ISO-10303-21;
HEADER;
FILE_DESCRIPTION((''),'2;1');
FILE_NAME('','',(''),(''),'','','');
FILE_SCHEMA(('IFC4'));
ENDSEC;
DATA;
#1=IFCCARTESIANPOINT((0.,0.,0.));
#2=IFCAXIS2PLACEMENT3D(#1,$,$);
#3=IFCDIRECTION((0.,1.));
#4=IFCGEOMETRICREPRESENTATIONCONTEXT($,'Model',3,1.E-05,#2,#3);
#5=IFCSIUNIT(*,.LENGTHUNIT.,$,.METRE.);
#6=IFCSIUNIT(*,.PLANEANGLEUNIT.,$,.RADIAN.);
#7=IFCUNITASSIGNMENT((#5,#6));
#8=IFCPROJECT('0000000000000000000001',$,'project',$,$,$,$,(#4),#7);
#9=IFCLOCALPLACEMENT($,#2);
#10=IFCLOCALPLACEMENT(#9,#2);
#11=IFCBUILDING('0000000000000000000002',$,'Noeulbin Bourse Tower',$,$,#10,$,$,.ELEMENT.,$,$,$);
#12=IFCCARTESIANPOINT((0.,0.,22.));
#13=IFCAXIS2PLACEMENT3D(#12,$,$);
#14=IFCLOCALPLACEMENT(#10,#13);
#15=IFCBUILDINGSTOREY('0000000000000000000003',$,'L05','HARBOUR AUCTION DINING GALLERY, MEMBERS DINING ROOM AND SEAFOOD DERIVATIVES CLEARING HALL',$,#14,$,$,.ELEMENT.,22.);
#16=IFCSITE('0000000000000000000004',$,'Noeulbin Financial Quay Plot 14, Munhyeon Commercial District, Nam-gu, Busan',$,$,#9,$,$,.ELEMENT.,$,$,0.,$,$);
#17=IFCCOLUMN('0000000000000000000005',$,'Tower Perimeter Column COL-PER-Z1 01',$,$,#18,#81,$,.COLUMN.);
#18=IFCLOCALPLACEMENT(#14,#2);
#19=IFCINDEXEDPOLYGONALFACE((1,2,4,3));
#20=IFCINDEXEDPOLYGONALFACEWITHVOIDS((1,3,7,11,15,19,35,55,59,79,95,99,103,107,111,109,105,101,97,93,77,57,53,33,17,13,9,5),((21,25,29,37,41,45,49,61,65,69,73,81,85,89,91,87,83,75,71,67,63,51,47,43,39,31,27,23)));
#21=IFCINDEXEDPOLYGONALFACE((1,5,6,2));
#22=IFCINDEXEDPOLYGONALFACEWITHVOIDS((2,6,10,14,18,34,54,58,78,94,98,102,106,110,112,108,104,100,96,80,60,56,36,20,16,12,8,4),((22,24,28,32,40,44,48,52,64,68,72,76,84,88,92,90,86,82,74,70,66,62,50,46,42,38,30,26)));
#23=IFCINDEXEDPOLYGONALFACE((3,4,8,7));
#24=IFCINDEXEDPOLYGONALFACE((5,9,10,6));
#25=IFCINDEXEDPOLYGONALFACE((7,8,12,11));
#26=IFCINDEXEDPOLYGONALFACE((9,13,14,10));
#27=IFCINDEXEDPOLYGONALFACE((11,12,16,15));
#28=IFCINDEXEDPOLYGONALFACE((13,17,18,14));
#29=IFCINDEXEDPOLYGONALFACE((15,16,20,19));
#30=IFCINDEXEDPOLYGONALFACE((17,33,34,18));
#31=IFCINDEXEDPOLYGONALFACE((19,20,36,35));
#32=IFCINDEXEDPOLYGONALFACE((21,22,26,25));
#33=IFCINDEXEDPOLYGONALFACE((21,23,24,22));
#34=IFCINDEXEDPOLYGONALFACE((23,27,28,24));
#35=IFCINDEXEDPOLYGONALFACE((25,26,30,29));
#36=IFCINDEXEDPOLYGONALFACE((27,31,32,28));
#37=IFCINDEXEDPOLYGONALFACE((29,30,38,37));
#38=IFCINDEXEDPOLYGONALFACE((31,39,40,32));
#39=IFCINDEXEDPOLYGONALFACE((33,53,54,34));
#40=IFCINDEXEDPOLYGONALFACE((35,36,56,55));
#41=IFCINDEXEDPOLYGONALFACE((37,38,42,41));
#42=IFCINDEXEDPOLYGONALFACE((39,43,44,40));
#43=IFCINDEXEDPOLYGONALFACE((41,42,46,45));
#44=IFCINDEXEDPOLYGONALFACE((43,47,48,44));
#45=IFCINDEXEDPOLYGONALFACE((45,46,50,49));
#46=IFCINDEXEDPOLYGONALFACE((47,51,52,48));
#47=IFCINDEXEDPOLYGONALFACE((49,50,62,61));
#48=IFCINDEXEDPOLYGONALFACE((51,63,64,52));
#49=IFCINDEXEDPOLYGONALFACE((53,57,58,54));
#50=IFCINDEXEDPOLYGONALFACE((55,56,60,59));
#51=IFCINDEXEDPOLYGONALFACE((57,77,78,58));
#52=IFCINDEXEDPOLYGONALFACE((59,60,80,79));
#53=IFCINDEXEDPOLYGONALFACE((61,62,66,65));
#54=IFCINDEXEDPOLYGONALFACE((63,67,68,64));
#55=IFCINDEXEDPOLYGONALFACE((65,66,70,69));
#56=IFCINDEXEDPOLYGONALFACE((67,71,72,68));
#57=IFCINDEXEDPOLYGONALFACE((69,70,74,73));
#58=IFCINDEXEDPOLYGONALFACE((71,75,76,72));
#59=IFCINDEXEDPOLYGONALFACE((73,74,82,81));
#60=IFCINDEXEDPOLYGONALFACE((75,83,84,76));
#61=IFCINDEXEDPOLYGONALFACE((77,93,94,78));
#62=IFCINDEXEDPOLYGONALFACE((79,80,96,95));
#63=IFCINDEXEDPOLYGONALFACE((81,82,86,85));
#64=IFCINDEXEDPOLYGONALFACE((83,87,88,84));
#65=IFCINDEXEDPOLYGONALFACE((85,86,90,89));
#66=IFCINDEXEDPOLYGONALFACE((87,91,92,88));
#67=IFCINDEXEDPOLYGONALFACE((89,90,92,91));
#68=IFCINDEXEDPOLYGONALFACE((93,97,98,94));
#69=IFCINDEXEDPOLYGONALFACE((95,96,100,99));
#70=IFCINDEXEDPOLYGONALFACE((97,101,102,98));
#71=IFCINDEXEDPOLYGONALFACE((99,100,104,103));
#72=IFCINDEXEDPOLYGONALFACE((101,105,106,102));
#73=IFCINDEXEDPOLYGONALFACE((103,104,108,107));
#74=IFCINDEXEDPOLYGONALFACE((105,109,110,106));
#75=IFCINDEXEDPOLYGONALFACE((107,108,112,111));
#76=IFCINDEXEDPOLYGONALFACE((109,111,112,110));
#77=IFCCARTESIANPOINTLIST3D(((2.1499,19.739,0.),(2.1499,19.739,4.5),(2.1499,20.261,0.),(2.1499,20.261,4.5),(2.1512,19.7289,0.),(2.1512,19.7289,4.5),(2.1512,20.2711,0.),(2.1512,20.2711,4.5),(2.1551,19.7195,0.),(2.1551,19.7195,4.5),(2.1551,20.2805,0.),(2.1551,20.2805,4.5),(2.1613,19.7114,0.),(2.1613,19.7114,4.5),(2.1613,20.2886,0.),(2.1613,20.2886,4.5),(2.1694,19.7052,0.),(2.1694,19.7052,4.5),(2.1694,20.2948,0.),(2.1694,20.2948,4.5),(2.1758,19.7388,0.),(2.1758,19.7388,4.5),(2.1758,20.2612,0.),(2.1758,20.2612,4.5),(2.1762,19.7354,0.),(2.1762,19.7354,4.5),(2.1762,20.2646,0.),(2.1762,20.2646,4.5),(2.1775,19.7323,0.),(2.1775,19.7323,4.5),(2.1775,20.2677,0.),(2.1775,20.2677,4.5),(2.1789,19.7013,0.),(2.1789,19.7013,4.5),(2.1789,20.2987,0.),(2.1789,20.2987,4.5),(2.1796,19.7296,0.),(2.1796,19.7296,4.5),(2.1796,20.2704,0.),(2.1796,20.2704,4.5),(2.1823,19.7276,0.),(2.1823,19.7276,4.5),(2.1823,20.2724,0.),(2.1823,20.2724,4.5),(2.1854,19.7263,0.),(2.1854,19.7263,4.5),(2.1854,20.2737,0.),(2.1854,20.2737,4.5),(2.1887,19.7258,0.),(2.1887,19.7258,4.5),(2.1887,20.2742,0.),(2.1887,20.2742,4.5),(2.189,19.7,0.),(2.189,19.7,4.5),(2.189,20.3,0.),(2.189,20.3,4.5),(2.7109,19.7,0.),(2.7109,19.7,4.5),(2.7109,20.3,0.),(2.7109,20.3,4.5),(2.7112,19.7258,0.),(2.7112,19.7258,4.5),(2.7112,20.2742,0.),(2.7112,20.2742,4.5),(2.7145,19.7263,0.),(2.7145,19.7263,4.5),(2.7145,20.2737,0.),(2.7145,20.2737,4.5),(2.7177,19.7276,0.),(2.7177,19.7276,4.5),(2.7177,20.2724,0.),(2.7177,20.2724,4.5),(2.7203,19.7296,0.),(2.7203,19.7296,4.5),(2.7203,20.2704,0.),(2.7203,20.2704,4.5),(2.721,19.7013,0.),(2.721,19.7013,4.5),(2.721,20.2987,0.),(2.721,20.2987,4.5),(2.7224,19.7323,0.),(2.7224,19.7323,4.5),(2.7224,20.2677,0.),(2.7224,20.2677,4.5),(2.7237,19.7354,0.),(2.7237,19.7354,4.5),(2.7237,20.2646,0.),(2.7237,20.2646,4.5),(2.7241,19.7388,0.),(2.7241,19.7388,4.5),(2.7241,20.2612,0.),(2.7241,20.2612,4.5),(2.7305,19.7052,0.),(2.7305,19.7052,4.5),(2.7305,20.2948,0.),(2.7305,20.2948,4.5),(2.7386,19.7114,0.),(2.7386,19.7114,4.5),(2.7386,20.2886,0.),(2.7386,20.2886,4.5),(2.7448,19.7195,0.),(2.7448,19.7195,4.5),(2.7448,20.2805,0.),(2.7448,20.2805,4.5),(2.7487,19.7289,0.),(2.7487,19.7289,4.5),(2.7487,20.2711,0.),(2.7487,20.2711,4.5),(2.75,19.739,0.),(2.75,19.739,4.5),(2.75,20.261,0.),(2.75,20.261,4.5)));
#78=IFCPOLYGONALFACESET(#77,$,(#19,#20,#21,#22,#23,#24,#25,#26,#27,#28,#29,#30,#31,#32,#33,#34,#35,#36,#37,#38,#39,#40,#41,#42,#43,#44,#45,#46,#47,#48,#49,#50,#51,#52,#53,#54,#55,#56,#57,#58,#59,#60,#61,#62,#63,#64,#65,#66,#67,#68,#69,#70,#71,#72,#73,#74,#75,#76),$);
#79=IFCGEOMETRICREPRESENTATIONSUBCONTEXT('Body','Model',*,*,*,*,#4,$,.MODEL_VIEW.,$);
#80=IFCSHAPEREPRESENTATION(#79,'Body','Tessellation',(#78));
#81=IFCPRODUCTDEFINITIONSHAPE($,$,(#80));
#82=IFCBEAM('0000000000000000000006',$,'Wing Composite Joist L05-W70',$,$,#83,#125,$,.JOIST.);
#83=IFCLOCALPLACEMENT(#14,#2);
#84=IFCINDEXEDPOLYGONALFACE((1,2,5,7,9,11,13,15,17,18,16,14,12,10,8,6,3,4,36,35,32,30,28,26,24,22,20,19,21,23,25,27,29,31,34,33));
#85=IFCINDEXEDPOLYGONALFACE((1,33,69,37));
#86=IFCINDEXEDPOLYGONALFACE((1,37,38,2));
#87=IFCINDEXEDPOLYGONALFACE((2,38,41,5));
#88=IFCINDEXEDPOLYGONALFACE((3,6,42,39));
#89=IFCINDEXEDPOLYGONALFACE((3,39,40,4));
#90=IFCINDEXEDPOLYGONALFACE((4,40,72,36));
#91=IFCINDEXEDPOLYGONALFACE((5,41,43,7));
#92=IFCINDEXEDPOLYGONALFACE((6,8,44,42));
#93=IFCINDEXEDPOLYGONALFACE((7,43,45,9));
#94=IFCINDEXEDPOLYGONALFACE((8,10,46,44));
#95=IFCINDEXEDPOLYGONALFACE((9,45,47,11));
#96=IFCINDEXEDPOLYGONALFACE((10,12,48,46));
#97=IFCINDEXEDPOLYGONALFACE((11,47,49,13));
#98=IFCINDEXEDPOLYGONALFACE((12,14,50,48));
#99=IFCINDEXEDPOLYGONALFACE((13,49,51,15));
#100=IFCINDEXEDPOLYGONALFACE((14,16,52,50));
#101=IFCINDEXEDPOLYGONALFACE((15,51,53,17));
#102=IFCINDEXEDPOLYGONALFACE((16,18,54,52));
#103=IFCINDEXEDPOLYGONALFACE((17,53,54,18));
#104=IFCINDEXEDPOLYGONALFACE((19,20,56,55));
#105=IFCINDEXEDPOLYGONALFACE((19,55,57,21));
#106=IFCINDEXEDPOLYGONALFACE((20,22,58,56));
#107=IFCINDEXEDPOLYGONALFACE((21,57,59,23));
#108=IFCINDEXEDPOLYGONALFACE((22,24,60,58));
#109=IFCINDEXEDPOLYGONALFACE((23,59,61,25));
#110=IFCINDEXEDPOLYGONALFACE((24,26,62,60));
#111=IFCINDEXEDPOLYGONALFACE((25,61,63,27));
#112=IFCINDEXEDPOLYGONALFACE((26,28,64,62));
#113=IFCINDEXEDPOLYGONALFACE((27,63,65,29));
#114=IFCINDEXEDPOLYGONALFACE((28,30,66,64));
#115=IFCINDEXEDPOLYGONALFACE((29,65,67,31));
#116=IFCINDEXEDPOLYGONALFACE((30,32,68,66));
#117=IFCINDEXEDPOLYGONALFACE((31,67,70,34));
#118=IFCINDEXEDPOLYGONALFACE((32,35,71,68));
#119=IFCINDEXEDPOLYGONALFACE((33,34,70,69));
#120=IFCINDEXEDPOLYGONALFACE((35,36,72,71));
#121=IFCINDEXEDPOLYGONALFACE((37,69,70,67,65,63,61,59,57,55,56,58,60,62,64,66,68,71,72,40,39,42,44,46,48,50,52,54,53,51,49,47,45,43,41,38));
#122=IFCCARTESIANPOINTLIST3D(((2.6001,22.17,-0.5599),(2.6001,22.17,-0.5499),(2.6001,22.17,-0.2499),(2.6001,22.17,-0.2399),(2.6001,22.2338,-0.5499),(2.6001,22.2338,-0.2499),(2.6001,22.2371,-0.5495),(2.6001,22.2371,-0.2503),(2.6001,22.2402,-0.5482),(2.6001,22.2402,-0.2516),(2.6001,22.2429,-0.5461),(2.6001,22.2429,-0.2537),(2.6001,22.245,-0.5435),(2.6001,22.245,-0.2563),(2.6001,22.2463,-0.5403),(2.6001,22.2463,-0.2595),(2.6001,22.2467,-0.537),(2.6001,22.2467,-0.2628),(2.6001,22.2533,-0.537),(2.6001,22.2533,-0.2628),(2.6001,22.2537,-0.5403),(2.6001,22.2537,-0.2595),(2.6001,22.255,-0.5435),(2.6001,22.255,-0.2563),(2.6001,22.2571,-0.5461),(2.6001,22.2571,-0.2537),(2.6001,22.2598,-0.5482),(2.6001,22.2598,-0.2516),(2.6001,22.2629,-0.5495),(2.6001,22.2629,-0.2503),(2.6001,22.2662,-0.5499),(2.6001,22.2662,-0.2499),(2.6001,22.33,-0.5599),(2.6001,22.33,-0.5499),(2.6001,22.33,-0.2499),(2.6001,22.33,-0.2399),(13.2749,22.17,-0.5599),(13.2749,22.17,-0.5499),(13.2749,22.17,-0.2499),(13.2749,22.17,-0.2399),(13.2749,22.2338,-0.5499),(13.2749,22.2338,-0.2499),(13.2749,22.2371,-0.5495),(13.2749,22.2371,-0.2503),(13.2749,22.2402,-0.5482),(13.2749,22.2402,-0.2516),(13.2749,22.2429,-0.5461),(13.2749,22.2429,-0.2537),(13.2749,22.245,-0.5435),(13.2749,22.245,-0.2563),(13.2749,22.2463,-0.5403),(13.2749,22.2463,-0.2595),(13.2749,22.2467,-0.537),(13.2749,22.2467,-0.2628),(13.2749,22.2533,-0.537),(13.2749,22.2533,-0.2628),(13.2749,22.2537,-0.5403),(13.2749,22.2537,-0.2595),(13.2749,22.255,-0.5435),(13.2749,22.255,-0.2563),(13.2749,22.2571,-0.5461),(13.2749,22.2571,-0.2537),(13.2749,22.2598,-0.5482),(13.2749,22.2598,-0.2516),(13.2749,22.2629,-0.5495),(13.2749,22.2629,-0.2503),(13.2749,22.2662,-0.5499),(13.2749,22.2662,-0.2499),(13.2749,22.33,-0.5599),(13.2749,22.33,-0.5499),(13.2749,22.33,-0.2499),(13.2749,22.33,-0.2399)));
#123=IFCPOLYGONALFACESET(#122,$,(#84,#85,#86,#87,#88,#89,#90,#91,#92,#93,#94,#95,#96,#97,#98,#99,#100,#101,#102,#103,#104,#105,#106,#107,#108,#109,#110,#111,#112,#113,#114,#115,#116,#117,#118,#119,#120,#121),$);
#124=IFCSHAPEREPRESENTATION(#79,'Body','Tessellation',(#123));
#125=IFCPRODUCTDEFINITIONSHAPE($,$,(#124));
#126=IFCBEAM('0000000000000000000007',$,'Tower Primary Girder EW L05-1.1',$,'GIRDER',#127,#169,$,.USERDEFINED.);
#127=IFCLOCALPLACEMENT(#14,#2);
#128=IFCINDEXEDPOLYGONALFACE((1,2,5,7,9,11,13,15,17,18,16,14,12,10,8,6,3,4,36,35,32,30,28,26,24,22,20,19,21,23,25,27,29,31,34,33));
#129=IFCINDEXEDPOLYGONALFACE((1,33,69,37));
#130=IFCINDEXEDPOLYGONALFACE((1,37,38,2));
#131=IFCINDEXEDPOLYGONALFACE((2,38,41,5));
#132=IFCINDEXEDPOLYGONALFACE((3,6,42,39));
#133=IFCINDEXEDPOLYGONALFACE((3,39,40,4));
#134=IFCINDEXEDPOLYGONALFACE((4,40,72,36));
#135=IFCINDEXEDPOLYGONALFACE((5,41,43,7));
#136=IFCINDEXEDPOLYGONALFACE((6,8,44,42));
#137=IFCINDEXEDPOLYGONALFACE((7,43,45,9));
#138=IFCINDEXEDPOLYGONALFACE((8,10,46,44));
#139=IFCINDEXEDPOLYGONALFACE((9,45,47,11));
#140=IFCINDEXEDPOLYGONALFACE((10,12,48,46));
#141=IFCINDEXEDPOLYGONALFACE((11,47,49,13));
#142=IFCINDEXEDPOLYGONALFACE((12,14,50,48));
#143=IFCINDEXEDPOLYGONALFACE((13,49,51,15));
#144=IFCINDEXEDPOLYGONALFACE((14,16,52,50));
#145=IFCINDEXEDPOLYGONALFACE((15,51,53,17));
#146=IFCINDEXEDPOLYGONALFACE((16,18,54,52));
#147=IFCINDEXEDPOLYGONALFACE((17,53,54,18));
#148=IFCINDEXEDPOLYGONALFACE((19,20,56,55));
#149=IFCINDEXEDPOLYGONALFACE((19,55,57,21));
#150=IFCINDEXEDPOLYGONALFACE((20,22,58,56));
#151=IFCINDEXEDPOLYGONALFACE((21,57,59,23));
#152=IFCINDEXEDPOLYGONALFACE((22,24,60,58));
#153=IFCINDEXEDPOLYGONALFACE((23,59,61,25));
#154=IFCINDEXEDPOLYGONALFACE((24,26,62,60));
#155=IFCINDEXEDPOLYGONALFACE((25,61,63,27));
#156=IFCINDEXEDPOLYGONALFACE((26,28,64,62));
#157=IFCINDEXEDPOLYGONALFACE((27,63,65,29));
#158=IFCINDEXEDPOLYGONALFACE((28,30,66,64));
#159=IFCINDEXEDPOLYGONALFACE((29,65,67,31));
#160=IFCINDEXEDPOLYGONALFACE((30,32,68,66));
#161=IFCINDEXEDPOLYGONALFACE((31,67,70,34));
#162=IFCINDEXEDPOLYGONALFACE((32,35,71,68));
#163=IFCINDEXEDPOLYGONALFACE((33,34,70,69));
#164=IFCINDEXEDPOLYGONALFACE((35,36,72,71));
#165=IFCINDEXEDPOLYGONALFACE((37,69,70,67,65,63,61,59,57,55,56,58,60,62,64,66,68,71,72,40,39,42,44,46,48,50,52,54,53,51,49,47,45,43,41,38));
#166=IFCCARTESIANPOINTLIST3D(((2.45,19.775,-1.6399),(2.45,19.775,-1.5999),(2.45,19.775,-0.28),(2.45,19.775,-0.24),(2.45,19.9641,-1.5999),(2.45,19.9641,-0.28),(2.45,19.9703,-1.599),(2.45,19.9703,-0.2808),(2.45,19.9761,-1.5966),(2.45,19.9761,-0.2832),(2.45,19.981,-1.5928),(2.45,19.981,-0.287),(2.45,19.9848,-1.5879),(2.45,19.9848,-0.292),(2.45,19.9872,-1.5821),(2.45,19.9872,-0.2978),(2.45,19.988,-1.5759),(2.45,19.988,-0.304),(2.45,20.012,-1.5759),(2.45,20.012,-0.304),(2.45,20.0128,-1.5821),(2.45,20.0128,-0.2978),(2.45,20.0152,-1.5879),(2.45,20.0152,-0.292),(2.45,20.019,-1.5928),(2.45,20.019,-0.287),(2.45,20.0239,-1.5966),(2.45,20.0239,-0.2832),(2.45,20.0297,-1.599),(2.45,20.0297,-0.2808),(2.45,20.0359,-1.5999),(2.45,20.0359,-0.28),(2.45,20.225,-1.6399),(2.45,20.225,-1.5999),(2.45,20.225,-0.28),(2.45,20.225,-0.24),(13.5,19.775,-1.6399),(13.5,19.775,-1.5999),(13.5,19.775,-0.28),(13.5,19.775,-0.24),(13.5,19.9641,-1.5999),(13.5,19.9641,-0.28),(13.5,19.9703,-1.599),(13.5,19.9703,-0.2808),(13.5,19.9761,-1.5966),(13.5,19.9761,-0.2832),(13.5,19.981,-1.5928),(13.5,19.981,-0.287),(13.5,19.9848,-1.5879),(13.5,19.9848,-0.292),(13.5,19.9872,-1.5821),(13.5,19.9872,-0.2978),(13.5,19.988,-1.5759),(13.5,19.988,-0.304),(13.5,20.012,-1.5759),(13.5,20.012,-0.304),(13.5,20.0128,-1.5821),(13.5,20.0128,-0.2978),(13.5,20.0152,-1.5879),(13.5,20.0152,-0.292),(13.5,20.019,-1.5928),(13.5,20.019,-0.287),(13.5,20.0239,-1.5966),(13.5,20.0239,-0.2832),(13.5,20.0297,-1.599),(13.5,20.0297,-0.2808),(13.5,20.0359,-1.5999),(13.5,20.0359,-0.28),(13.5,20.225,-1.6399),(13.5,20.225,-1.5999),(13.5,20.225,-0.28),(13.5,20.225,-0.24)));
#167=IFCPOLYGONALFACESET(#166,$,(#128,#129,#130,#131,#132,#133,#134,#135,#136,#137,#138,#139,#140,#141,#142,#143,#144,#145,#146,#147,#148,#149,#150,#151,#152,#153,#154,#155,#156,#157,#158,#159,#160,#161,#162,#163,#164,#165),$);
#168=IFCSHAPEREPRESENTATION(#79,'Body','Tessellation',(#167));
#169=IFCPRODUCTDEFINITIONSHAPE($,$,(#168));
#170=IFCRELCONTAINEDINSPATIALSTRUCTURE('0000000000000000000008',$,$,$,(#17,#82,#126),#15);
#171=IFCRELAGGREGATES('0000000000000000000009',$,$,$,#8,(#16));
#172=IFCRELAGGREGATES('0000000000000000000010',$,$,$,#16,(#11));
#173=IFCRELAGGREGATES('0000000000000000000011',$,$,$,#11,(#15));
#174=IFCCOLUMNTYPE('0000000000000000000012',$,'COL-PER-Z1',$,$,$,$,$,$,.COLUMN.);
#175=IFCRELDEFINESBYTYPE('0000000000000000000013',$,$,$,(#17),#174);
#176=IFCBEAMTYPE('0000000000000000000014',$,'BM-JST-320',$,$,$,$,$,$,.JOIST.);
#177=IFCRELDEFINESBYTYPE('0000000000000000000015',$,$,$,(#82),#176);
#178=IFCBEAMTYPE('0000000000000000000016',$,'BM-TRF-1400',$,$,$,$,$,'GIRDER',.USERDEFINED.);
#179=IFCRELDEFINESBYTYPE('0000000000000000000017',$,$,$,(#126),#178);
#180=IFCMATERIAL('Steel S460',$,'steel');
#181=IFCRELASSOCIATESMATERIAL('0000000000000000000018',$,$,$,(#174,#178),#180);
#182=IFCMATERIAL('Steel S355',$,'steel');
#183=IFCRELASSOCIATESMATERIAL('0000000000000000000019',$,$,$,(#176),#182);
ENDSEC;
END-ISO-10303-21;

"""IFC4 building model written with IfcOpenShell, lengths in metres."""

from ifc_helpers import new_model, si_unit, direction, frame, origin, origin_2d, place, context, subcontext, project, spatial, hollow_rectangle, i_section, extrude, material, material_profile, profile_set, type_object, element, save


model = new_model("IFC4")

# Units and contexts
model_context = context("Model", 3, precision=1e-05, world=origin(), true_north=direction((0.0, 1.0)))
body_context = subcontext(model_context, "Body", "Model", "MODEL_VIEW")
ifc_project = project(units=[si_unit("LENGTHUNIT", "METRE"), si_unit("PLANEANGLEUNIT", "RADIAN")], contexts=[model_context])

# Site, building, storey
site_placement = place(None, origin())
site = spatial("IfcSite", under=ifc_project, at=site_placement, Name="Noeulbin Financial Quay Plot 14, Munhyeon Commercial District, Nam-gu, Busan", CompositionType="ELEMENT", RefElevation=0.0)
building_placement = place(site_placement, origin())
building = spatial("IfcBuilding", under=site, at=building_placement, Name="Noeulbin Bourse Tower", CompositionType="ELEMENT")
storey_placement = place(building_placement, frame((0.0, 0.0, 22.0)))
storey = spatial("IfcBuildingStorey", under=building, at=storey_placement, Name="L05", Description="HARBOUR AUCTION DINING GALLERY, MEMBERS DINING ROOM AND SEAFOOD DERIVATIVES CLEARING HALL", CompositionType="ELEMENT", Elevation=22.0)

# Column
ifc_material_1 = material(Name="Steel S460", Category="steel")
ifc_material_profile_1 = material_profile(ifc_material_1, hollow_rectangle(XDim=0.6001, YDim=0.6001, WallThickness=0.0259, InnerFilletRadius=0.0129, OuterFilletRadius=0.0391, at=origin_2d()), Name="BOX-600x600x26", Category="LoadBearing")
ifc_profile_set_1 = profile_set([ifc_material_profile_1], Name="Steel S460")
column_type = type_object("IfcColumnType", Name="COL-PER-Z1", PredefinedType="COLUMN", material=ifc_profile_set_1)
column_placement = place(storey_placement, frame((2.45, 20.0, 0.0), z_axis=(0.0, 0.0, 1.0), x_axis=(1.0, 0.0, 0.0)))
element("IfcColumn", 1, at=column_placement, inside=storey, type_object=column_type, Name="Tower Perimeter Column COL-PER-Z1 01", PredefinedType="COLUMN", context=body_context, shape_type="SweptSolid", body=[
    extrude(hollow_rectangle(XDim=0.6001, YDim=0.6001, WallThickness=0.0259, InnerFilletRadius=0.0129, OuterFilletRadius=0.0391, at=origin_2d()), origin(), (0.0, 0.0, 1.0), 4.5),
])

# Beams
ifc_material_2 = material(Name="Steel S355", Category="steel")
ifc_material_profile_2 = material_profile(ifc_material_2, i_section(OverallWidth=0.1599, OverallDepth=0.3201, WebThickness=0.0066, FlangeThickness=0.01, FilletRadius=0.0129, at=origin_2d()), Name="H-320x160x6.5x10", Category="LoadBearing")
ifc_profile_set_2 = profile_set([ifc_material_profile_2], Name="Steel S355")
beam_type_1 = type_object("IfcBeamType", Name="BM-JST-320", PredefinedType="JOIST", material=ifc_profile_set_2)
beam_1_placement = place(storey_placement, frame((2.6001, 22.25, -0.3999), z_axis=(1.0, 0.0, 0.0), x_axis=(0.0, 1.0, 0.0)))
element("IfcBeam", 2, at=beam_1_placement, inside=storey, type_object=beam_type_1, Name="Wing Composite Joist L05-W70", PredefinedType="JOIST", context=body_context, shape_type="SweptSolid", body=[
    extrude(i_section(OverallWidth=0.1599, OverallDepth=0.3201, WebThickness=0.0066, FlangeThickness=0.01, FilletRadius=0.0129, at=origin_2d()), origin(), (0.0, 0.0, 1.0), 10.6748),
])
ifc_material_profile_3 = material_profile(ifc_material_1, i_section(OverallWidth=0.45, OverallDepth=1.3999, WebThickness=0.0239, FlangeThickness=0.04, FilletRadius=0.0239, at=origin_2d()), Name="PG-1400x450x24x40", Category="LoadBearing")
ifc_profile_set_3 = profile_set([ifc_material_profile_3], Name="Steel S460")
beam_type_2 = type_object("IfcBeamType", Name="BM-TRF-1400", ElementType="GIRDER", PredefinedType="USERDEFINED", material=ifc_profile_set_3)
beam_2_placement = place(storey_placement, frame((2.45, 20.0, -0.9399), z_axis=(1.0, 0.0, 0.0), x_axis=(0.0, 1.0, 0.0)))
element("IfcBeam", 3, at=beam_2_placement, inside=storey, type_object=beam_type_2, Name="Tower Primary Girder EW L05-1.1", ObjectType="GIRDER", PredefinedType="USERDEFINED", context=body_context, shape_type="SweptSolid", body=[
    extrude(i_section(OverallWidth=0.45, OverallDepth=1.3999, WebThickness=0.0239, FlangeThickness=0.04, FilletRadius=0.0239, at=origin_2d()), origin(), (0.0, 0.0, 1.0), 11.05),
])

save(model, "model.ifc")
